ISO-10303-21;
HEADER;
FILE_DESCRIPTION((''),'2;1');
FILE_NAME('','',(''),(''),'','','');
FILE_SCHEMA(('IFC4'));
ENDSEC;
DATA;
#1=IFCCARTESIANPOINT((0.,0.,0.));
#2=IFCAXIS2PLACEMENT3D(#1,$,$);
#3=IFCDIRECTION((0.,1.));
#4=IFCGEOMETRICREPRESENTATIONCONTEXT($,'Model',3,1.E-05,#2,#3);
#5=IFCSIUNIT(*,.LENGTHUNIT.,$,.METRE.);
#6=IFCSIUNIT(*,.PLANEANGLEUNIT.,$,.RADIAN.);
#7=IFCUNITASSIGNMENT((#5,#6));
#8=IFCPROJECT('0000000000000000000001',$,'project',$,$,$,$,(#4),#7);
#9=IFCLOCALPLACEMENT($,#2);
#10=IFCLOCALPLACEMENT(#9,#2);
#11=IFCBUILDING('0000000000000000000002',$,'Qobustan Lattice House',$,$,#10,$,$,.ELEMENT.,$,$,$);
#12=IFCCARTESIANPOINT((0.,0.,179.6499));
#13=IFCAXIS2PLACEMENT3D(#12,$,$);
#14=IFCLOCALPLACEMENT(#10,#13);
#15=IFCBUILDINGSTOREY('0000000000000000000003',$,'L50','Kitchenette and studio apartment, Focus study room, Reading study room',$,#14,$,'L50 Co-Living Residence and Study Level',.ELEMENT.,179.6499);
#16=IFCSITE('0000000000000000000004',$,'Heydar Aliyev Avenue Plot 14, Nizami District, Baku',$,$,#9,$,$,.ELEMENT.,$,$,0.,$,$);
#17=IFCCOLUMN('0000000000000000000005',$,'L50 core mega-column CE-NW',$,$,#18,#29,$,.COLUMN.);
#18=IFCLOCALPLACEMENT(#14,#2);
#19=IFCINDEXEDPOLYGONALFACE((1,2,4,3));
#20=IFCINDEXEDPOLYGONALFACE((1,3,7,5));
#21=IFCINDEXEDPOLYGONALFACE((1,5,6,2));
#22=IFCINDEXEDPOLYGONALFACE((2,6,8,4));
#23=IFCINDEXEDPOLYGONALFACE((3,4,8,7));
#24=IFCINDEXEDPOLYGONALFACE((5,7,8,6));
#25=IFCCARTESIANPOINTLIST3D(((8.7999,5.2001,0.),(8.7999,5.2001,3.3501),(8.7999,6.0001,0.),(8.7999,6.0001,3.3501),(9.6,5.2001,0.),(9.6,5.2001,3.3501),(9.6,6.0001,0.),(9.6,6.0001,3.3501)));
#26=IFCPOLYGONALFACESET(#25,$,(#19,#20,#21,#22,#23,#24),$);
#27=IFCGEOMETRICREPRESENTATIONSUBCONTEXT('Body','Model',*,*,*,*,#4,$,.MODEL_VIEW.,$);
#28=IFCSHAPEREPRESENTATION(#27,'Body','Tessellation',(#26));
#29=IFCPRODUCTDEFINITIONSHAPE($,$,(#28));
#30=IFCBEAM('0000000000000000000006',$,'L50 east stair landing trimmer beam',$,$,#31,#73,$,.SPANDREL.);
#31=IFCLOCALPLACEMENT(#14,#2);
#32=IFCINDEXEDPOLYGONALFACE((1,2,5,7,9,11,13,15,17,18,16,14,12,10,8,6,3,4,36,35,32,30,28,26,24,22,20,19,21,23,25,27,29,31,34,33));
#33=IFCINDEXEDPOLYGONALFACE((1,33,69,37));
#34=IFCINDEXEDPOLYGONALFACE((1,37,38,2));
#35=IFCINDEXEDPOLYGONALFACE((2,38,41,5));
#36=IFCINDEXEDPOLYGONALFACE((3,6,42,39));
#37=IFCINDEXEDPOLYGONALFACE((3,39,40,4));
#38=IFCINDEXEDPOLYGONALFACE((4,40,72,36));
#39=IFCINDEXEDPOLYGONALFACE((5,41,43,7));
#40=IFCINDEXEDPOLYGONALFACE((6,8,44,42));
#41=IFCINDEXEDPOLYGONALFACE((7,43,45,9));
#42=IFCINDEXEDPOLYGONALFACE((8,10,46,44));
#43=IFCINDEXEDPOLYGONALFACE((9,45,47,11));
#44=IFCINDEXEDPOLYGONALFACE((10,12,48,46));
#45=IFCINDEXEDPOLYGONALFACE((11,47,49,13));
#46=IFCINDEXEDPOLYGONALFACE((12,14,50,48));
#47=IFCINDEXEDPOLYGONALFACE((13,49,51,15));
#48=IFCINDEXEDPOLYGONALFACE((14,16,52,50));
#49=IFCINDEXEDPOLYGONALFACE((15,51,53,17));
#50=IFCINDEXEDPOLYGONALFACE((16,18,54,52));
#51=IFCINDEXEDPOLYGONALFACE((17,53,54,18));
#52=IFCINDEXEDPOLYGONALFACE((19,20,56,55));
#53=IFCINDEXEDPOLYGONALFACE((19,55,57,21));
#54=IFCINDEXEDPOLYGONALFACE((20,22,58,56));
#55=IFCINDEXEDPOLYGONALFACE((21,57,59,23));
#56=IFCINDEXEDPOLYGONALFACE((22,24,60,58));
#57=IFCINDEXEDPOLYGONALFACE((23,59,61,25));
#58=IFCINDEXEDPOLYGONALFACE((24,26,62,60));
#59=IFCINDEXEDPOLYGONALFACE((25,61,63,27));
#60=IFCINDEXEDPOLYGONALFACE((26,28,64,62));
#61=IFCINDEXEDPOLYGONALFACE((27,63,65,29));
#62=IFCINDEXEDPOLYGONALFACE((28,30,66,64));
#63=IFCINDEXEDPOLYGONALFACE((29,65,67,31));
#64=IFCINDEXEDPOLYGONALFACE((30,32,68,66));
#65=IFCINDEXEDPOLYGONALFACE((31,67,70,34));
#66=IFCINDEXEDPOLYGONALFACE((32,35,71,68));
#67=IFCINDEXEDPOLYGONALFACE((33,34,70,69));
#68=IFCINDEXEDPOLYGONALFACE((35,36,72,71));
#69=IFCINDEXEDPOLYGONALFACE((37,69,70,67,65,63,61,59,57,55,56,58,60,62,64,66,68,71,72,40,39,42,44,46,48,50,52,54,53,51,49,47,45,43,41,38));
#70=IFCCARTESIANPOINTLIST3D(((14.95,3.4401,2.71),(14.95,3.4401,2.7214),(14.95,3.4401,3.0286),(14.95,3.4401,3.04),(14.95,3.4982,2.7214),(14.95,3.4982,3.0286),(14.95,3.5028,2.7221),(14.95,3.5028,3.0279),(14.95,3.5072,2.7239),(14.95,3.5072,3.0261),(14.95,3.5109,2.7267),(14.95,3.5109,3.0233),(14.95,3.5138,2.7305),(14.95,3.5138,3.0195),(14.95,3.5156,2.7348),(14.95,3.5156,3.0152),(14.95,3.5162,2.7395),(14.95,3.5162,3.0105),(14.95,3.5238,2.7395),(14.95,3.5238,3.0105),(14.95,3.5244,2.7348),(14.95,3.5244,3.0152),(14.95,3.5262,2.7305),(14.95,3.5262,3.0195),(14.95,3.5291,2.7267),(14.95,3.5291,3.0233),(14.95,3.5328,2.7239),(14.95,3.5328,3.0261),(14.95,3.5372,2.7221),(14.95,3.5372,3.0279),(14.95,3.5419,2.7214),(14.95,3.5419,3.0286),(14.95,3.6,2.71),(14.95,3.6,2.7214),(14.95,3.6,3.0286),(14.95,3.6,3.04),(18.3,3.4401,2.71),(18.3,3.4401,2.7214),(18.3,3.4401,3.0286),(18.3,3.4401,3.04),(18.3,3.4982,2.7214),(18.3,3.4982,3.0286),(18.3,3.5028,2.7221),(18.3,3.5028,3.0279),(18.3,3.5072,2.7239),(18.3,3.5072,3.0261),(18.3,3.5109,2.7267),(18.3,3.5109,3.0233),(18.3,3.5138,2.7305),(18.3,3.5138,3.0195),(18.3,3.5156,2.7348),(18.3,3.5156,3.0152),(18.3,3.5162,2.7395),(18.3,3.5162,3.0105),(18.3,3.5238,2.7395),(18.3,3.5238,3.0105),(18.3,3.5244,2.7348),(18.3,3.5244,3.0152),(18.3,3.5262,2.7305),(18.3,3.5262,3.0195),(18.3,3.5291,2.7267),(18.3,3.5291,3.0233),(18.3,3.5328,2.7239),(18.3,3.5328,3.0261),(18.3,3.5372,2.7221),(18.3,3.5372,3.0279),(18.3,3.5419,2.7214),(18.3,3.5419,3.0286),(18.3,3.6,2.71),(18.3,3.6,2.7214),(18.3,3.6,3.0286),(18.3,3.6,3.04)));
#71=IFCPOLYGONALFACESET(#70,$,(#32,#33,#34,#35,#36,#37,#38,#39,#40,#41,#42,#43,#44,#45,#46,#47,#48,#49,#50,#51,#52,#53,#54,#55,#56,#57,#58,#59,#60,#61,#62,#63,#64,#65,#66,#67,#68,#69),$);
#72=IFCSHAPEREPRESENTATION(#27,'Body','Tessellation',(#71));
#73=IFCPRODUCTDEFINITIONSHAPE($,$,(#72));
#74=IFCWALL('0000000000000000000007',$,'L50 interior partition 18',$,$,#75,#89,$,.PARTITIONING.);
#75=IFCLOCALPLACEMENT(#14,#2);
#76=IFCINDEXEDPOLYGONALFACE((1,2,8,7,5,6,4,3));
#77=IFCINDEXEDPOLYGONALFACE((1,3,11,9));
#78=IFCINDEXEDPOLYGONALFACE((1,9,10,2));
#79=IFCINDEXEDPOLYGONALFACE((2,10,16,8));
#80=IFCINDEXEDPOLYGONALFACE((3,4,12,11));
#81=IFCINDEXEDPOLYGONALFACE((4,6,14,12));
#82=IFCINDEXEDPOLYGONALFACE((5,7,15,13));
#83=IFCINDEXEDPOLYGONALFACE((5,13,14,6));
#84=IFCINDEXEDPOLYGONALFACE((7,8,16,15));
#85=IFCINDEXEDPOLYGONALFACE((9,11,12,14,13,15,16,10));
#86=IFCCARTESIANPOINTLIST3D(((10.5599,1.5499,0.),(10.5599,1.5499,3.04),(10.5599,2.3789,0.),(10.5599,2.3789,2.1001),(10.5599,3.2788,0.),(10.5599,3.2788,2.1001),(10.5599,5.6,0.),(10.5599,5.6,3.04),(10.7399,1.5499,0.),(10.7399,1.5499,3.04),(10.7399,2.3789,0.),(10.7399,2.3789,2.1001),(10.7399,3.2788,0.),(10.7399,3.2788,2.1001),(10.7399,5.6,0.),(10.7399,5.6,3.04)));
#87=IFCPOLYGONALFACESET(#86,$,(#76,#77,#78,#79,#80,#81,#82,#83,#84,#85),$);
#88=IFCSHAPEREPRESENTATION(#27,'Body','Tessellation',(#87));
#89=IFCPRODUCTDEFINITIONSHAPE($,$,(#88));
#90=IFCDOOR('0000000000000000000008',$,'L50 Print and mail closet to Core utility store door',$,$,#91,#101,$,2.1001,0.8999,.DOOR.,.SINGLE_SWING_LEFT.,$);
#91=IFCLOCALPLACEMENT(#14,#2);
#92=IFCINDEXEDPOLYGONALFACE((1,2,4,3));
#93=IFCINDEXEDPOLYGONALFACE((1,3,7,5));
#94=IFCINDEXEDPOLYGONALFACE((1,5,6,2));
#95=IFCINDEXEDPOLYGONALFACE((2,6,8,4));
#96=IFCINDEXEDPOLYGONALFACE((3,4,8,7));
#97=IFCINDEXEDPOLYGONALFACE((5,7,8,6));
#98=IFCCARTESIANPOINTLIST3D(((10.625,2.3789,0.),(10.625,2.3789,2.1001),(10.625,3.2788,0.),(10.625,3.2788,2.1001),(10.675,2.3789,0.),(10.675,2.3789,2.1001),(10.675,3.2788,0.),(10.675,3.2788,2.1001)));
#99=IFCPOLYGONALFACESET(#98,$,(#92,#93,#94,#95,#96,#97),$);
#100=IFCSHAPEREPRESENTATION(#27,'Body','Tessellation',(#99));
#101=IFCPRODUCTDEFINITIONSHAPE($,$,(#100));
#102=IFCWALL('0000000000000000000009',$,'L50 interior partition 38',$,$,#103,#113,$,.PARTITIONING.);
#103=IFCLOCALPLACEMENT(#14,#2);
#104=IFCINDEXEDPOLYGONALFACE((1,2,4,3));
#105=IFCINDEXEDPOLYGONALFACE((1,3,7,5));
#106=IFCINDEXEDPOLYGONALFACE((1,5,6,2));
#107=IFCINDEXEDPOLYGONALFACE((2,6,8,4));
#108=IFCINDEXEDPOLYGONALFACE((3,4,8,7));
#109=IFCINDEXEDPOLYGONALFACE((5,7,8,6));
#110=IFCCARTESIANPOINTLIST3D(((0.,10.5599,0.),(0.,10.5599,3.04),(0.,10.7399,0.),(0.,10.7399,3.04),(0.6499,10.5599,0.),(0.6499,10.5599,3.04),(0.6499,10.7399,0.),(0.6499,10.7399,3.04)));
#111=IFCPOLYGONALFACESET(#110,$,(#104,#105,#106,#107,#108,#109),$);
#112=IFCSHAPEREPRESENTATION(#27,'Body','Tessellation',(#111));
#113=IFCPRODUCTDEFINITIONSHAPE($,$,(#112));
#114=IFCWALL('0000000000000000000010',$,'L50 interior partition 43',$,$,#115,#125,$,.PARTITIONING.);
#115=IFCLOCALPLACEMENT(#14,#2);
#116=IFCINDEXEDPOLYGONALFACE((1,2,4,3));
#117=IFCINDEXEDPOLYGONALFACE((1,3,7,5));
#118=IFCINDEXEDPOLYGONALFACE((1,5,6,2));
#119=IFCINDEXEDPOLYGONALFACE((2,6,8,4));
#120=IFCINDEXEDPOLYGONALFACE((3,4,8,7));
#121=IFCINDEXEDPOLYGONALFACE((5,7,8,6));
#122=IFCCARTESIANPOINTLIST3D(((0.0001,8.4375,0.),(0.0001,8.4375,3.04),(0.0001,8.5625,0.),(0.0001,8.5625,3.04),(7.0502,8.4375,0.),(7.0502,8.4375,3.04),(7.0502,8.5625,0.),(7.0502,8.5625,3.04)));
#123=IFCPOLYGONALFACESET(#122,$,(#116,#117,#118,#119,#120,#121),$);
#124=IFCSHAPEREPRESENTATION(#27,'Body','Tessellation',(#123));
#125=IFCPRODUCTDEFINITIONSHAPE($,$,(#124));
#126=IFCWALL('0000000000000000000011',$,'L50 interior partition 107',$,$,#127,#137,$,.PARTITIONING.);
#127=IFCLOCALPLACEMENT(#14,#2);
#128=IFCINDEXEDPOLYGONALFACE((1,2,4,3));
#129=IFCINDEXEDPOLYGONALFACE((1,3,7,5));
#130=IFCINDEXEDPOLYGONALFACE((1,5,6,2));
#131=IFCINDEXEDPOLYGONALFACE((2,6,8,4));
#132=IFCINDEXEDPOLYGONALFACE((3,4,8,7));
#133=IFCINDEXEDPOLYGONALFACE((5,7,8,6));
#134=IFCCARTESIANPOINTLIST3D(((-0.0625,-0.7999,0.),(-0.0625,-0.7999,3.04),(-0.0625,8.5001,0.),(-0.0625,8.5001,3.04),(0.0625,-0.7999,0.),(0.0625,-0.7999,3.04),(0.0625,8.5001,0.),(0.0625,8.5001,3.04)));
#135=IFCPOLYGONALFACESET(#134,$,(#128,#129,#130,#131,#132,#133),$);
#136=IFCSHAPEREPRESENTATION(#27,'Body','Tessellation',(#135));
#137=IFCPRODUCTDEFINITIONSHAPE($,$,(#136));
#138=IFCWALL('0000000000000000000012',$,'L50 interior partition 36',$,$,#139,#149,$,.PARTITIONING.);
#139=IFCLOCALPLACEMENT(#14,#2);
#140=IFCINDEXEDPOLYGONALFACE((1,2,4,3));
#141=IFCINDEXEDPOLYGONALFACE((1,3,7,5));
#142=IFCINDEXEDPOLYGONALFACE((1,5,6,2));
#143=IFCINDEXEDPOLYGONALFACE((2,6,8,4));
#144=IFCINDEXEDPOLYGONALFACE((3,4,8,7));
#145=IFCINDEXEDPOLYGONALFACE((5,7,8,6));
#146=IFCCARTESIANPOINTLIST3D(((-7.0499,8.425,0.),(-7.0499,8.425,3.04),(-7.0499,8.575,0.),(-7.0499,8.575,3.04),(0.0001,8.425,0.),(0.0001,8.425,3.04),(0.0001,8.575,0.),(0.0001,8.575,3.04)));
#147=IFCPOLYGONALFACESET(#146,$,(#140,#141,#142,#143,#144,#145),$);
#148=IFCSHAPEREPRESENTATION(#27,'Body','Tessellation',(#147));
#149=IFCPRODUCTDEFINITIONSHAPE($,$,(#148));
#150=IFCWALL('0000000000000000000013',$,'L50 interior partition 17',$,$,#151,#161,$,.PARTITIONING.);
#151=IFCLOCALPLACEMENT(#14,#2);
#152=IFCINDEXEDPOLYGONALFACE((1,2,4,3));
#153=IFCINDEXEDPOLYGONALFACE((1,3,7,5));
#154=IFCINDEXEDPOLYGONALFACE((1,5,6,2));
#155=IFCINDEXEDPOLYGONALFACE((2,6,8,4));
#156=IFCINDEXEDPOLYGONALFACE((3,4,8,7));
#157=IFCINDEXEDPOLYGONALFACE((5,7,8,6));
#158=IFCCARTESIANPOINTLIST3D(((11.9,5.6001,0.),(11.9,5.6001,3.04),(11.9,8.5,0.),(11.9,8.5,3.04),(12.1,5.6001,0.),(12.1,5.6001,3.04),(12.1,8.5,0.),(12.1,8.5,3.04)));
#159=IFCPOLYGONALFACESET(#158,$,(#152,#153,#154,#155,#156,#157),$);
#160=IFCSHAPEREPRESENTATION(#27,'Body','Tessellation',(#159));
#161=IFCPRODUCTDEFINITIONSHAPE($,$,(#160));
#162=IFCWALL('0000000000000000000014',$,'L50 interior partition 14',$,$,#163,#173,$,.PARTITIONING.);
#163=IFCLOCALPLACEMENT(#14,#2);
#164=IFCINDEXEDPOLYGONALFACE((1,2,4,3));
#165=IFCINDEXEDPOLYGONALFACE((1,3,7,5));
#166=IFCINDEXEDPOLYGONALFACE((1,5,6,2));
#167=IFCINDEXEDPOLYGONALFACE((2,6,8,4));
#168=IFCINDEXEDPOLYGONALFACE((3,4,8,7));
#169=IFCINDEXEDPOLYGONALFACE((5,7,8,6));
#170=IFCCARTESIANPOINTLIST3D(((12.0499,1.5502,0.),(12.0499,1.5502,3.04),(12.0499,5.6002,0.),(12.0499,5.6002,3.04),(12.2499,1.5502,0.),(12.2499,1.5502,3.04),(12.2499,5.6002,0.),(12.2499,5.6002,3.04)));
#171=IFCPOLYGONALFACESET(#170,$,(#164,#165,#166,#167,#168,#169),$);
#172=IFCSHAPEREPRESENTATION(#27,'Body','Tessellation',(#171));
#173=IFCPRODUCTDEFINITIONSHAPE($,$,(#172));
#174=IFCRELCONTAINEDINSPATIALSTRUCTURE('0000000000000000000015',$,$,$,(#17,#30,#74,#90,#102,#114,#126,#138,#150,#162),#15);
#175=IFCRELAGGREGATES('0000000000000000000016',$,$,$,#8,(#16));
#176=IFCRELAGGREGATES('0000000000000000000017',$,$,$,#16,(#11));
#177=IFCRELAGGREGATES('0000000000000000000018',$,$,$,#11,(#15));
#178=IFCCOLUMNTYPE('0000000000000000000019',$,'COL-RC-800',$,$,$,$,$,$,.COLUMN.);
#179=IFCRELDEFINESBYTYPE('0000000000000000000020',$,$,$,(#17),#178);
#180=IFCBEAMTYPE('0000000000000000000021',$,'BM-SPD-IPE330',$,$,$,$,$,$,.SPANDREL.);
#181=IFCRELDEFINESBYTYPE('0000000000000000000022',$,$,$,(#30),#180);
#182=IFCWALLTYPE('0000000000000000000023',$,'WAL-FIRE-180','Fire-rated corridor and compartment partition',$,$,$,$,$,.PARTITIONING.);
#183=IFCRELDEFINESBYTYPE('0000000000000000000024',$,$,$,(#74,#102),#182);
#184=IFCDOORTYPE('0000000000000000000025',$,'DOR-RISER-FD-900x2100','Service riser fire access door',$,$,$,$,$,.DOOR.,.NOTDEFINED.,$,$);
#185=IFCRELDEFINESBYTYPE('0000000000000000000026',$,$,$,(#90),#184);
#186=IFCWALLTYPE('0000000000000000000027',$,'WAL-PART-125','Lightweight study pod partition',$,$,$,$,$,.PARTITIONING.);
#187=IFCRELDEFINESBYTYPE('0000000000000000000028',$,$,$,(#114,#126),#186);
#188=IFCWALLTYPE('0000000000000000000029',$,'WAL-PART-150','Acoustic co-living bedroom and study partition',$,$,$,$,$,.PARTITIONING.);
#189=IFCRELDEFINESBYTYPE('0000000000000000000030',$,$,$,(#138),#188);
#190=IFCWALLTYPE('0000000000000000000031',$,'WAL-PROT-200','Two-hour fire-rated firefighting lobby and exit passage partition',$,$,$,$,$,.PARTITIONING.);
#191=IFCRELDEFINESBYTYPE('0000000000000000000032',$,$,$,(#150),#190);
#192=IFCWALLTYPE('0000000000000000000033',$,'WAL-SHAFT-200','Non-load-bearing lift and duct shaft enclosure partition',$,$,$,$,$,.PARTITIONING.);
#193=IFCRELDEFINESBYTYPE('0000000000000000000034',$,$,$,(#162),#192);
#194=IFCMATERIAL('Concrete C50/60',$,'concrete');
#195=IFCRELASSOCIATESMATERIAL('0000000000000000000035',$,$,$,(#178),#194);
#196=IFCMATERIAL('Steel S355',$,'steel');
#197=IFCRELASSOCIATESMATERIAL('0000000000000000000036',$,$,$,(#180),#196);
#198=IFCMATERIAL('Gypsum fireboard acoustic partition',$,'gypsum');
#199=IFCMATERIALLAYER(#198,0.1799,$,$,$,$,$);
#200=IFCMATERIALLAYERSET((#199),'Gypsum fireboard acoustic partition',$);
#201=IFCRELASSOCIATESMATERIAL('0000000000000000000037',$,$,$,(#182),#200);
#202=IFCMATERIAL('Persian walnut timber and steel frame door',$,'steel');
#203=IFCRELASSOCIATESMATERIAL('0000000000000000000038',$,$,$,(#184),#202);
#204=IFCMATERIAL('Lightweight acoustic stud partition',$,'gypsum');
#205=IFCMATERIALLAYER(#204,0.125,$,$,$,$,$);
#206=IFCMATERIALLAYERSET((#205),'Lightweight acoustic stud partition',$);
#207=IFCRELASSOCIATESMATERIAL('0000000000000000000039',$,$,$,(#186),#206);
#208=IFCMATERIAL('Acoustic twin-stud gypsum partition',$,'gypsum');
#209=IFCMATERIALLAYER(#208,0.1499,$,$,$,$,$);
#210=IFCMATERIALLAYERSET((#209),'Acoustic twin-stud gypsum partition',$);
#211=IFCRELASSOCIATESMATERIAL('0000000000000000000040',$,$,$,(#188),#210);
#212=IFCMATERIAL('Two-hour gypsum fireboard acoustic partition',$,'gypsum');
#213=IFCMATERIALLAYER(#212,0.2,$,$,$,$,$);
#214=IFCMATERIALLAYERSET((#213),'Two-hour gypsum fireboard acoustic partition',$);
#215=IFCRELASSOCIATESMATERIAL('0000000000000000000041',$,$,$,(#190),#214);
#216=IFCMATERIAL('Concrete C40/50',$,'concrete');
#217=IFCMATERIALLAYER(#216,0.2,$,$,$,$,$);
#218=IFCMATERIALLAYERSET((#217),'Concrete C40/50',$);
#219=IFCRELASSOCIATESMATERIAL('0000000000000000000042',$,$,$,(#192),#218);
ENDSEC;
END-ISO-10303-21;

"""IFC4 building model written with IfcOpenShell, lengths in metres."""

from ifc_helpers import new_model, si_unit, direction, frame, frame_2d, origin, origin_2d, place, context, subcontext, project, spatial, rectangle, i_section, extrude, material, layer, layer_set, material_profile, profile_set, type_object, element, fill, save


model = new_model("IFC4")

# Units and contexts
model_context = context("Model", 3, precision=1e-05, world=origin(), true_north=direction((0.0, 1.0)))
body_context = subcontext(model_context, "Body", "Model", "MODEL_VIEW")
ifc_project = project(units=[si_unit("LENGTHUNIT", "METRE"), si_unit("PLANEANGLEUNIT", "RADIAN")], contexts=[model_context])

# Site, building, storey
site_placement = place(None, origin())
site = spatial("IfcSite", under=ifc_project, at=site_placement, Name="Heydar Aliyev Avenue Plot 14, Nizami District, Baku", CompositionType="ELEMENT", RefElevation=0.0)
building_placement = place(site_placement, origin())
building = spatial("IfcBuilding", under=site, at=building_placement, Name="Qobustan Lattice House", CompositionType="ELEMENT")
storey_placement = place(building_placement, frame((0.0, 0.0, 179.6499)))
storey = spatial("IfcBuildingStorey", under=building, at=storey_placement, Name="L50", Description="Kitchenette and studio apartment, Focus study room, Reading study room", LongName="L50 Co-Living Residence and Study Level", CompositionType="ELEMENT", Elevation=179.6499)

# Column
ifc_material_1 = material(Name="Concrete C50/60", Category="concrete")
ifc_material_profile_1 = material_profile(ifc_material_1, rectangle(XDim=0.8, YDim=0.8, at=origin_2d()), Name="RC800x800")
ifc_profile_set_1 = profile_set([ifc_material_profile_1], Name="Concrete C50/60")
column_type = type_object("IfcColumnType", Name="COL-RC-800", PredefinedType="COLUMN", material=ifc_profile_set_1)
column_placement = place(storey_placement, frame((9.2, 5.6001, 0.0), z_axis=(0.0, 0.0, 1.0), x_axis=(1.0, 0.0, 0.0)))
element("IfcColumn", 1, at=column_placement, inside=storey, type_object=column_type, Name="L50 core mega-column CE-NW", PredefinedType="COLUMN", context=body_context, shape_type="SweptSolid", body=[
    extrude(rectangle(XDim=0.8, YDim=0.8, at=origin_2d()), origin(), (0.0, 0.0, 1.0), 3.3501),
])

# Beam
ifc_material_2 = material(Name="Steel S355", Category="steel")
ifc_material_profile_2 = material_profile(ifc_material_2, i_section(OverallWidth=0.1599, OverallDepth=0.3301, WebThickness=0.0076, FlangeThickness=0.0115, FilletRadius=0.0181, at=origin_2d()), Name="IPE330")
ifc_profile_set_2 = profile_set([ifc_material_profile_2], Name="Steel S355")
beam_type = type_object("IfcBeamType", Name="BM-SPD-IPE330", PredefinedType="SPANDREL", material=ifc_profile_set_2)
beam_placement = place(storey_placement, frame((14.95, 3.52, 2.875), z_axis=(1.0, 0.0, 0.0), x_axis=(0.0, 1.0, 0.0)))
element("IfcBeam", 2, at=beam_placement, inside=storey, type_object=beam_type, Name="L50 east stair landing trimmer beam", PredefinedType="SPANDREL", context=body_context, shape_type="SweptSolid", body=[
    extrude(i_section(OverallWidth=0.1599, OverallDepth=0.3301, WebThickness=0.0076, FlangeThickness=0.0115, FilletRadius=0.0181, at=origin_2d()), origin(), (0.0, 0.0, 1.0), 3.3501),
])

# Wall, opening, door
ifc_material_3 = material(Name="Gypsum fireboard acoustic partition", Category="gypsum")
ifc_layer_1 = layer(ifc_material_3, 0.1799)
ifc_layer_set_1 = layer_set([ifc_layer_1], Name="Gypsum fireboard acoustic partition")
wall_type_1 = type_object("IfcWallType", Name="WAL-FIRE-180", Description="Fire-rated corridor and compartment partition", PredefinedType="PARTITIONING", material=ifc_layer_set_1)
wall_1_placement = place(storey_placement, frame((10.6499, 1.55, 0.0), z_axis=(0.0, 0.0, 1.0), x_axis=(0.0, 1.0, 0.0)))
wall_1 = element("IfcWall", 3, at=wall_1_placement, inside=storey, type_object=wall_type_1, Name="L50 interior partition 18", PredefinedType="PARTITIONING", context=body_context, shape_type="SweptSolid", body=[
    extrude(rectangle(XDim=4.05, YDim=0.1799, at=frame_2d((2.0249, 0.0))), origin(), (0.0, 0.0, 1.0), 3.04),
])
opening_1_placement = place(wall_1_placement, frame((0.8289, 0.0, 0.0)))
opening_1 = element("IfcOpeningElement", 4, at=opening_1_placement, cuts=wall_1, PredefinedType="OPENING", context=body_context, shape_type="SweptSolid", body=[
    extrude(rectangle(XDim=0.8999, YDim=2.1001, at=frame_2d((0.45, 1.05))), frame((0.0, 0.0999, 0.0), z_axis=(0.0, -1.0, 0.0), x_axis=(1.0, 0.0, 0.0)), (0.0, 0.0, 1.0), 0.2),
])
ifc_material_4 = material(Name="Persian walnut timber and steel frame door", Category="steel")
door_type_1 = type_object("IfcDoorType", Name="DOR-RISER-FD-900x2100", Description="Service riser fire access door", OperationType="NOTDEFINED", PredefinedType="DOOR", material=ifc_material_4)
door_1_placement = place(opening_1_placement, origin())
door_1 = element("IfcDoor", 5, at=door_1_placement, inside=storey, type_object=door_type_1, Name="L50 Print and mail closet to Core utility store door", OperationType="SINGLE_SWING_LEFT", OverallHeight=2.1001, OverallWidth=0.8999, PredefinedType="DOOR", context=body_context, shape_type="SweptSolid", body=[
    extrude(rectangle(XDim=0.8999, YDim=2.1001, at=frame_2d((0.45, 1.05))), frame((0.0, 0.0249, 0.0), z_axis=(0.0, -1.0, 0.0), x_axis=(1.0, 0.0, 0.0)), (0.0, 0.0, 1.0), 0.05),
])
fill(opening_1, door_1)

# Walls
wall_2_placement = place(storey_placement, frame((0.0, 10.6499, 0.0), z_axis=(0.0, 0.0, 1.0), x_axis=(1.0, 0.0, 0.0)))
element("IfcWall", 6, at=wall_2_placement, inside=storey, type_object=wall_type_1, Name="L50 interior partition 38", PredefinedType="PARTITIONING", context=body_context, shape_type="SweptSolid", body=[
    extrude(rectangle(XDim=0.6499, YDim=0.1799, at=frame_2d((0.325, 0.0))), origin(), (0.0, 0.0, 1.0), 3.04),
])
ifc_material_5 = material(Name="Lightweight acoustic stud partition", Category="gypsum")
ifc_layer_2 = layer(ifc_material_5, 0.125)
ifc_layer_set_2 = layer_set([ifc_layer_2], Name="Lightweight acoustic stud partition")
wall_type_2 = type_object("IfcWallType", Name="WAL-PART-125", Description="Lightweight study pod partition", PredefinedType="PARTITIONING", material=ifc_layer_set_2)
wall_3_placement = place(storey_placement, frame((7.05, 8.5, 0.0), z_axis=(0.0, 0.0, 1.0), x_axis=(-1.0, 0.0, 0.0)))
element("IfcWall", 7, at=wall_3_placement, inside=storey, type_object=wall_type_2, Name="L50 interior partition 43", PredefinedType="PARTITIONING", context=body_context, shape_type="SweptSolid", body=[
    extrude(rectangle(XDim=7.05, YDim=0.125, at=frame_2d((3.5249, 0.0))), origin(), (0.0, 0.0, 1.0), 3.04),
])
wall_4_placement = place(storey_placement, frame((0.0, 8.5, 0.0), z_axis=(0.0, 0.0, 1.0), x_axis=(0.0, -1.0, 0.0)))
element("IfcWall", 8, at=wall_4_placement, inside=storey, type_object=wall_type_2, Name="L50 interior partition 107", PredefinedType="PARTITIONING", context=body_context, shape_type="SweptSolid", body=[
    extrude(rectangle(XDim=9.3, YDim=0.125, at=frame_2d((4.6499, 0.0))), origin(), (0.0, 0.0, 1.0), 3.04),
])
ifc_material_6 = material(Name="Acoustic twin-stud gypsum partition", Category="gypsum")
ifc_layer_3 = layer(ifc_material_6, 0.1499)
ifc_layer_set_3 = layer_set([ifc_layer_3], Name="Acoustic twin-stud gypsum partition")
wall_type_3 = type_object("IfcWallType", Name="WAL-PART-150", Description="Acoustic co-living bedroom and study partition", PredefinedType="PARTITIONING", material=ifc_layer_set_3)
wall_5_placement = place(storey_placement, frame((0.0, 8.5, 0.0), z_axis=(0.0, 0.0, 1.0), x_axis=(-1.0, 0.0, 0.0)))
element("IfcWall", 9, at=wall_5_placement, inside=storey, type_object=wall_type_3, Name="L50 interior partition 36", PredefinedType="PARTITIONING", context=body_context, shape_type="SweptSolid", body=[
    extrude(rectangle(XDim=7.05, YDim=0.1499, at=frame_2d((3.5249, 0.0))), origin(), (0.0, 0.0, 1.0), 3.04),
])
ifc_material_7 = material(Name="Two-hour gypsum fireboard acoustic partition", Category="gypsum")
ifc_layer_4 = layer(ifc_material_7, 0.2)
ifc_layer_set_4 = layer_set([ifc_layer_4], Name="Two-hour gypsum fireboard acoustic partition")
wall_type_4 = type_object("IfcWallType", Name="WAL-PROT-200", Description="Two-hour fire-rated firefighting lobby and exit passage partition", PredefinedType="PARTITIONING", material=ifc_layer_set_4)
wall_6_placement = place(storey_placement, frame((12.0, 8.5, 0.0), z_axis=(0.0, 0.0, 1.0), x_axis=(0.0, -1.0, 0.0)))
element("IfcWall", 10, at=wall_6_placement, inside=storey, type_object=wall_type_4, Name="L50 interior partition 17", PredefinedType="PARTITIONING", context=body_context, shape_type="SweptSolid", body=[
    extrude(rectangle(XDim=2.8999, YDim=0.2, at=frame_2d((1.45, 0.0))), origin(), (0.0, 0.0, 1.0), 3.04),
])
ifc_material_8 = material(Name="Concrete C40/50", Category="concrete")
ifc_layer_5 = layer(ifc_material_8, 0.2)
ifc_layer_set_5 = layer_set([ifc_layer_5], Name="Concrete C40/50")
wall_type_5 = type_object("IfcWallType", Name="WAL-SHAFT-200", Description="Non-load-bearing lift and duct shaft enclosure partition", PredefinedType="PARTITIONING", material=ifc_layer_set_5)
wall_7_placement = place(storey_placement, frame((12.1499, 5.6001, 0.0), z_axis=(0.0, 0.0, 1.0), x_axis=(0.0, -1.0, 0.0)))
element("IfcWall", 11, at=wall_7_placement, inside=storey, type_object=wall_type_5, Name="L50 interior partition 14", PredefinedType="PARTITIONING", context=body_context, shape_type="SweptSolid", body=[
    extrude(rectangle(XDim=4.05, YDim=0.2, at=frame_2d((2.0249, 0.0))), origin(), (0.0, 0.0, 1.0), 3.04),
])

save(model, "model.ifc")
